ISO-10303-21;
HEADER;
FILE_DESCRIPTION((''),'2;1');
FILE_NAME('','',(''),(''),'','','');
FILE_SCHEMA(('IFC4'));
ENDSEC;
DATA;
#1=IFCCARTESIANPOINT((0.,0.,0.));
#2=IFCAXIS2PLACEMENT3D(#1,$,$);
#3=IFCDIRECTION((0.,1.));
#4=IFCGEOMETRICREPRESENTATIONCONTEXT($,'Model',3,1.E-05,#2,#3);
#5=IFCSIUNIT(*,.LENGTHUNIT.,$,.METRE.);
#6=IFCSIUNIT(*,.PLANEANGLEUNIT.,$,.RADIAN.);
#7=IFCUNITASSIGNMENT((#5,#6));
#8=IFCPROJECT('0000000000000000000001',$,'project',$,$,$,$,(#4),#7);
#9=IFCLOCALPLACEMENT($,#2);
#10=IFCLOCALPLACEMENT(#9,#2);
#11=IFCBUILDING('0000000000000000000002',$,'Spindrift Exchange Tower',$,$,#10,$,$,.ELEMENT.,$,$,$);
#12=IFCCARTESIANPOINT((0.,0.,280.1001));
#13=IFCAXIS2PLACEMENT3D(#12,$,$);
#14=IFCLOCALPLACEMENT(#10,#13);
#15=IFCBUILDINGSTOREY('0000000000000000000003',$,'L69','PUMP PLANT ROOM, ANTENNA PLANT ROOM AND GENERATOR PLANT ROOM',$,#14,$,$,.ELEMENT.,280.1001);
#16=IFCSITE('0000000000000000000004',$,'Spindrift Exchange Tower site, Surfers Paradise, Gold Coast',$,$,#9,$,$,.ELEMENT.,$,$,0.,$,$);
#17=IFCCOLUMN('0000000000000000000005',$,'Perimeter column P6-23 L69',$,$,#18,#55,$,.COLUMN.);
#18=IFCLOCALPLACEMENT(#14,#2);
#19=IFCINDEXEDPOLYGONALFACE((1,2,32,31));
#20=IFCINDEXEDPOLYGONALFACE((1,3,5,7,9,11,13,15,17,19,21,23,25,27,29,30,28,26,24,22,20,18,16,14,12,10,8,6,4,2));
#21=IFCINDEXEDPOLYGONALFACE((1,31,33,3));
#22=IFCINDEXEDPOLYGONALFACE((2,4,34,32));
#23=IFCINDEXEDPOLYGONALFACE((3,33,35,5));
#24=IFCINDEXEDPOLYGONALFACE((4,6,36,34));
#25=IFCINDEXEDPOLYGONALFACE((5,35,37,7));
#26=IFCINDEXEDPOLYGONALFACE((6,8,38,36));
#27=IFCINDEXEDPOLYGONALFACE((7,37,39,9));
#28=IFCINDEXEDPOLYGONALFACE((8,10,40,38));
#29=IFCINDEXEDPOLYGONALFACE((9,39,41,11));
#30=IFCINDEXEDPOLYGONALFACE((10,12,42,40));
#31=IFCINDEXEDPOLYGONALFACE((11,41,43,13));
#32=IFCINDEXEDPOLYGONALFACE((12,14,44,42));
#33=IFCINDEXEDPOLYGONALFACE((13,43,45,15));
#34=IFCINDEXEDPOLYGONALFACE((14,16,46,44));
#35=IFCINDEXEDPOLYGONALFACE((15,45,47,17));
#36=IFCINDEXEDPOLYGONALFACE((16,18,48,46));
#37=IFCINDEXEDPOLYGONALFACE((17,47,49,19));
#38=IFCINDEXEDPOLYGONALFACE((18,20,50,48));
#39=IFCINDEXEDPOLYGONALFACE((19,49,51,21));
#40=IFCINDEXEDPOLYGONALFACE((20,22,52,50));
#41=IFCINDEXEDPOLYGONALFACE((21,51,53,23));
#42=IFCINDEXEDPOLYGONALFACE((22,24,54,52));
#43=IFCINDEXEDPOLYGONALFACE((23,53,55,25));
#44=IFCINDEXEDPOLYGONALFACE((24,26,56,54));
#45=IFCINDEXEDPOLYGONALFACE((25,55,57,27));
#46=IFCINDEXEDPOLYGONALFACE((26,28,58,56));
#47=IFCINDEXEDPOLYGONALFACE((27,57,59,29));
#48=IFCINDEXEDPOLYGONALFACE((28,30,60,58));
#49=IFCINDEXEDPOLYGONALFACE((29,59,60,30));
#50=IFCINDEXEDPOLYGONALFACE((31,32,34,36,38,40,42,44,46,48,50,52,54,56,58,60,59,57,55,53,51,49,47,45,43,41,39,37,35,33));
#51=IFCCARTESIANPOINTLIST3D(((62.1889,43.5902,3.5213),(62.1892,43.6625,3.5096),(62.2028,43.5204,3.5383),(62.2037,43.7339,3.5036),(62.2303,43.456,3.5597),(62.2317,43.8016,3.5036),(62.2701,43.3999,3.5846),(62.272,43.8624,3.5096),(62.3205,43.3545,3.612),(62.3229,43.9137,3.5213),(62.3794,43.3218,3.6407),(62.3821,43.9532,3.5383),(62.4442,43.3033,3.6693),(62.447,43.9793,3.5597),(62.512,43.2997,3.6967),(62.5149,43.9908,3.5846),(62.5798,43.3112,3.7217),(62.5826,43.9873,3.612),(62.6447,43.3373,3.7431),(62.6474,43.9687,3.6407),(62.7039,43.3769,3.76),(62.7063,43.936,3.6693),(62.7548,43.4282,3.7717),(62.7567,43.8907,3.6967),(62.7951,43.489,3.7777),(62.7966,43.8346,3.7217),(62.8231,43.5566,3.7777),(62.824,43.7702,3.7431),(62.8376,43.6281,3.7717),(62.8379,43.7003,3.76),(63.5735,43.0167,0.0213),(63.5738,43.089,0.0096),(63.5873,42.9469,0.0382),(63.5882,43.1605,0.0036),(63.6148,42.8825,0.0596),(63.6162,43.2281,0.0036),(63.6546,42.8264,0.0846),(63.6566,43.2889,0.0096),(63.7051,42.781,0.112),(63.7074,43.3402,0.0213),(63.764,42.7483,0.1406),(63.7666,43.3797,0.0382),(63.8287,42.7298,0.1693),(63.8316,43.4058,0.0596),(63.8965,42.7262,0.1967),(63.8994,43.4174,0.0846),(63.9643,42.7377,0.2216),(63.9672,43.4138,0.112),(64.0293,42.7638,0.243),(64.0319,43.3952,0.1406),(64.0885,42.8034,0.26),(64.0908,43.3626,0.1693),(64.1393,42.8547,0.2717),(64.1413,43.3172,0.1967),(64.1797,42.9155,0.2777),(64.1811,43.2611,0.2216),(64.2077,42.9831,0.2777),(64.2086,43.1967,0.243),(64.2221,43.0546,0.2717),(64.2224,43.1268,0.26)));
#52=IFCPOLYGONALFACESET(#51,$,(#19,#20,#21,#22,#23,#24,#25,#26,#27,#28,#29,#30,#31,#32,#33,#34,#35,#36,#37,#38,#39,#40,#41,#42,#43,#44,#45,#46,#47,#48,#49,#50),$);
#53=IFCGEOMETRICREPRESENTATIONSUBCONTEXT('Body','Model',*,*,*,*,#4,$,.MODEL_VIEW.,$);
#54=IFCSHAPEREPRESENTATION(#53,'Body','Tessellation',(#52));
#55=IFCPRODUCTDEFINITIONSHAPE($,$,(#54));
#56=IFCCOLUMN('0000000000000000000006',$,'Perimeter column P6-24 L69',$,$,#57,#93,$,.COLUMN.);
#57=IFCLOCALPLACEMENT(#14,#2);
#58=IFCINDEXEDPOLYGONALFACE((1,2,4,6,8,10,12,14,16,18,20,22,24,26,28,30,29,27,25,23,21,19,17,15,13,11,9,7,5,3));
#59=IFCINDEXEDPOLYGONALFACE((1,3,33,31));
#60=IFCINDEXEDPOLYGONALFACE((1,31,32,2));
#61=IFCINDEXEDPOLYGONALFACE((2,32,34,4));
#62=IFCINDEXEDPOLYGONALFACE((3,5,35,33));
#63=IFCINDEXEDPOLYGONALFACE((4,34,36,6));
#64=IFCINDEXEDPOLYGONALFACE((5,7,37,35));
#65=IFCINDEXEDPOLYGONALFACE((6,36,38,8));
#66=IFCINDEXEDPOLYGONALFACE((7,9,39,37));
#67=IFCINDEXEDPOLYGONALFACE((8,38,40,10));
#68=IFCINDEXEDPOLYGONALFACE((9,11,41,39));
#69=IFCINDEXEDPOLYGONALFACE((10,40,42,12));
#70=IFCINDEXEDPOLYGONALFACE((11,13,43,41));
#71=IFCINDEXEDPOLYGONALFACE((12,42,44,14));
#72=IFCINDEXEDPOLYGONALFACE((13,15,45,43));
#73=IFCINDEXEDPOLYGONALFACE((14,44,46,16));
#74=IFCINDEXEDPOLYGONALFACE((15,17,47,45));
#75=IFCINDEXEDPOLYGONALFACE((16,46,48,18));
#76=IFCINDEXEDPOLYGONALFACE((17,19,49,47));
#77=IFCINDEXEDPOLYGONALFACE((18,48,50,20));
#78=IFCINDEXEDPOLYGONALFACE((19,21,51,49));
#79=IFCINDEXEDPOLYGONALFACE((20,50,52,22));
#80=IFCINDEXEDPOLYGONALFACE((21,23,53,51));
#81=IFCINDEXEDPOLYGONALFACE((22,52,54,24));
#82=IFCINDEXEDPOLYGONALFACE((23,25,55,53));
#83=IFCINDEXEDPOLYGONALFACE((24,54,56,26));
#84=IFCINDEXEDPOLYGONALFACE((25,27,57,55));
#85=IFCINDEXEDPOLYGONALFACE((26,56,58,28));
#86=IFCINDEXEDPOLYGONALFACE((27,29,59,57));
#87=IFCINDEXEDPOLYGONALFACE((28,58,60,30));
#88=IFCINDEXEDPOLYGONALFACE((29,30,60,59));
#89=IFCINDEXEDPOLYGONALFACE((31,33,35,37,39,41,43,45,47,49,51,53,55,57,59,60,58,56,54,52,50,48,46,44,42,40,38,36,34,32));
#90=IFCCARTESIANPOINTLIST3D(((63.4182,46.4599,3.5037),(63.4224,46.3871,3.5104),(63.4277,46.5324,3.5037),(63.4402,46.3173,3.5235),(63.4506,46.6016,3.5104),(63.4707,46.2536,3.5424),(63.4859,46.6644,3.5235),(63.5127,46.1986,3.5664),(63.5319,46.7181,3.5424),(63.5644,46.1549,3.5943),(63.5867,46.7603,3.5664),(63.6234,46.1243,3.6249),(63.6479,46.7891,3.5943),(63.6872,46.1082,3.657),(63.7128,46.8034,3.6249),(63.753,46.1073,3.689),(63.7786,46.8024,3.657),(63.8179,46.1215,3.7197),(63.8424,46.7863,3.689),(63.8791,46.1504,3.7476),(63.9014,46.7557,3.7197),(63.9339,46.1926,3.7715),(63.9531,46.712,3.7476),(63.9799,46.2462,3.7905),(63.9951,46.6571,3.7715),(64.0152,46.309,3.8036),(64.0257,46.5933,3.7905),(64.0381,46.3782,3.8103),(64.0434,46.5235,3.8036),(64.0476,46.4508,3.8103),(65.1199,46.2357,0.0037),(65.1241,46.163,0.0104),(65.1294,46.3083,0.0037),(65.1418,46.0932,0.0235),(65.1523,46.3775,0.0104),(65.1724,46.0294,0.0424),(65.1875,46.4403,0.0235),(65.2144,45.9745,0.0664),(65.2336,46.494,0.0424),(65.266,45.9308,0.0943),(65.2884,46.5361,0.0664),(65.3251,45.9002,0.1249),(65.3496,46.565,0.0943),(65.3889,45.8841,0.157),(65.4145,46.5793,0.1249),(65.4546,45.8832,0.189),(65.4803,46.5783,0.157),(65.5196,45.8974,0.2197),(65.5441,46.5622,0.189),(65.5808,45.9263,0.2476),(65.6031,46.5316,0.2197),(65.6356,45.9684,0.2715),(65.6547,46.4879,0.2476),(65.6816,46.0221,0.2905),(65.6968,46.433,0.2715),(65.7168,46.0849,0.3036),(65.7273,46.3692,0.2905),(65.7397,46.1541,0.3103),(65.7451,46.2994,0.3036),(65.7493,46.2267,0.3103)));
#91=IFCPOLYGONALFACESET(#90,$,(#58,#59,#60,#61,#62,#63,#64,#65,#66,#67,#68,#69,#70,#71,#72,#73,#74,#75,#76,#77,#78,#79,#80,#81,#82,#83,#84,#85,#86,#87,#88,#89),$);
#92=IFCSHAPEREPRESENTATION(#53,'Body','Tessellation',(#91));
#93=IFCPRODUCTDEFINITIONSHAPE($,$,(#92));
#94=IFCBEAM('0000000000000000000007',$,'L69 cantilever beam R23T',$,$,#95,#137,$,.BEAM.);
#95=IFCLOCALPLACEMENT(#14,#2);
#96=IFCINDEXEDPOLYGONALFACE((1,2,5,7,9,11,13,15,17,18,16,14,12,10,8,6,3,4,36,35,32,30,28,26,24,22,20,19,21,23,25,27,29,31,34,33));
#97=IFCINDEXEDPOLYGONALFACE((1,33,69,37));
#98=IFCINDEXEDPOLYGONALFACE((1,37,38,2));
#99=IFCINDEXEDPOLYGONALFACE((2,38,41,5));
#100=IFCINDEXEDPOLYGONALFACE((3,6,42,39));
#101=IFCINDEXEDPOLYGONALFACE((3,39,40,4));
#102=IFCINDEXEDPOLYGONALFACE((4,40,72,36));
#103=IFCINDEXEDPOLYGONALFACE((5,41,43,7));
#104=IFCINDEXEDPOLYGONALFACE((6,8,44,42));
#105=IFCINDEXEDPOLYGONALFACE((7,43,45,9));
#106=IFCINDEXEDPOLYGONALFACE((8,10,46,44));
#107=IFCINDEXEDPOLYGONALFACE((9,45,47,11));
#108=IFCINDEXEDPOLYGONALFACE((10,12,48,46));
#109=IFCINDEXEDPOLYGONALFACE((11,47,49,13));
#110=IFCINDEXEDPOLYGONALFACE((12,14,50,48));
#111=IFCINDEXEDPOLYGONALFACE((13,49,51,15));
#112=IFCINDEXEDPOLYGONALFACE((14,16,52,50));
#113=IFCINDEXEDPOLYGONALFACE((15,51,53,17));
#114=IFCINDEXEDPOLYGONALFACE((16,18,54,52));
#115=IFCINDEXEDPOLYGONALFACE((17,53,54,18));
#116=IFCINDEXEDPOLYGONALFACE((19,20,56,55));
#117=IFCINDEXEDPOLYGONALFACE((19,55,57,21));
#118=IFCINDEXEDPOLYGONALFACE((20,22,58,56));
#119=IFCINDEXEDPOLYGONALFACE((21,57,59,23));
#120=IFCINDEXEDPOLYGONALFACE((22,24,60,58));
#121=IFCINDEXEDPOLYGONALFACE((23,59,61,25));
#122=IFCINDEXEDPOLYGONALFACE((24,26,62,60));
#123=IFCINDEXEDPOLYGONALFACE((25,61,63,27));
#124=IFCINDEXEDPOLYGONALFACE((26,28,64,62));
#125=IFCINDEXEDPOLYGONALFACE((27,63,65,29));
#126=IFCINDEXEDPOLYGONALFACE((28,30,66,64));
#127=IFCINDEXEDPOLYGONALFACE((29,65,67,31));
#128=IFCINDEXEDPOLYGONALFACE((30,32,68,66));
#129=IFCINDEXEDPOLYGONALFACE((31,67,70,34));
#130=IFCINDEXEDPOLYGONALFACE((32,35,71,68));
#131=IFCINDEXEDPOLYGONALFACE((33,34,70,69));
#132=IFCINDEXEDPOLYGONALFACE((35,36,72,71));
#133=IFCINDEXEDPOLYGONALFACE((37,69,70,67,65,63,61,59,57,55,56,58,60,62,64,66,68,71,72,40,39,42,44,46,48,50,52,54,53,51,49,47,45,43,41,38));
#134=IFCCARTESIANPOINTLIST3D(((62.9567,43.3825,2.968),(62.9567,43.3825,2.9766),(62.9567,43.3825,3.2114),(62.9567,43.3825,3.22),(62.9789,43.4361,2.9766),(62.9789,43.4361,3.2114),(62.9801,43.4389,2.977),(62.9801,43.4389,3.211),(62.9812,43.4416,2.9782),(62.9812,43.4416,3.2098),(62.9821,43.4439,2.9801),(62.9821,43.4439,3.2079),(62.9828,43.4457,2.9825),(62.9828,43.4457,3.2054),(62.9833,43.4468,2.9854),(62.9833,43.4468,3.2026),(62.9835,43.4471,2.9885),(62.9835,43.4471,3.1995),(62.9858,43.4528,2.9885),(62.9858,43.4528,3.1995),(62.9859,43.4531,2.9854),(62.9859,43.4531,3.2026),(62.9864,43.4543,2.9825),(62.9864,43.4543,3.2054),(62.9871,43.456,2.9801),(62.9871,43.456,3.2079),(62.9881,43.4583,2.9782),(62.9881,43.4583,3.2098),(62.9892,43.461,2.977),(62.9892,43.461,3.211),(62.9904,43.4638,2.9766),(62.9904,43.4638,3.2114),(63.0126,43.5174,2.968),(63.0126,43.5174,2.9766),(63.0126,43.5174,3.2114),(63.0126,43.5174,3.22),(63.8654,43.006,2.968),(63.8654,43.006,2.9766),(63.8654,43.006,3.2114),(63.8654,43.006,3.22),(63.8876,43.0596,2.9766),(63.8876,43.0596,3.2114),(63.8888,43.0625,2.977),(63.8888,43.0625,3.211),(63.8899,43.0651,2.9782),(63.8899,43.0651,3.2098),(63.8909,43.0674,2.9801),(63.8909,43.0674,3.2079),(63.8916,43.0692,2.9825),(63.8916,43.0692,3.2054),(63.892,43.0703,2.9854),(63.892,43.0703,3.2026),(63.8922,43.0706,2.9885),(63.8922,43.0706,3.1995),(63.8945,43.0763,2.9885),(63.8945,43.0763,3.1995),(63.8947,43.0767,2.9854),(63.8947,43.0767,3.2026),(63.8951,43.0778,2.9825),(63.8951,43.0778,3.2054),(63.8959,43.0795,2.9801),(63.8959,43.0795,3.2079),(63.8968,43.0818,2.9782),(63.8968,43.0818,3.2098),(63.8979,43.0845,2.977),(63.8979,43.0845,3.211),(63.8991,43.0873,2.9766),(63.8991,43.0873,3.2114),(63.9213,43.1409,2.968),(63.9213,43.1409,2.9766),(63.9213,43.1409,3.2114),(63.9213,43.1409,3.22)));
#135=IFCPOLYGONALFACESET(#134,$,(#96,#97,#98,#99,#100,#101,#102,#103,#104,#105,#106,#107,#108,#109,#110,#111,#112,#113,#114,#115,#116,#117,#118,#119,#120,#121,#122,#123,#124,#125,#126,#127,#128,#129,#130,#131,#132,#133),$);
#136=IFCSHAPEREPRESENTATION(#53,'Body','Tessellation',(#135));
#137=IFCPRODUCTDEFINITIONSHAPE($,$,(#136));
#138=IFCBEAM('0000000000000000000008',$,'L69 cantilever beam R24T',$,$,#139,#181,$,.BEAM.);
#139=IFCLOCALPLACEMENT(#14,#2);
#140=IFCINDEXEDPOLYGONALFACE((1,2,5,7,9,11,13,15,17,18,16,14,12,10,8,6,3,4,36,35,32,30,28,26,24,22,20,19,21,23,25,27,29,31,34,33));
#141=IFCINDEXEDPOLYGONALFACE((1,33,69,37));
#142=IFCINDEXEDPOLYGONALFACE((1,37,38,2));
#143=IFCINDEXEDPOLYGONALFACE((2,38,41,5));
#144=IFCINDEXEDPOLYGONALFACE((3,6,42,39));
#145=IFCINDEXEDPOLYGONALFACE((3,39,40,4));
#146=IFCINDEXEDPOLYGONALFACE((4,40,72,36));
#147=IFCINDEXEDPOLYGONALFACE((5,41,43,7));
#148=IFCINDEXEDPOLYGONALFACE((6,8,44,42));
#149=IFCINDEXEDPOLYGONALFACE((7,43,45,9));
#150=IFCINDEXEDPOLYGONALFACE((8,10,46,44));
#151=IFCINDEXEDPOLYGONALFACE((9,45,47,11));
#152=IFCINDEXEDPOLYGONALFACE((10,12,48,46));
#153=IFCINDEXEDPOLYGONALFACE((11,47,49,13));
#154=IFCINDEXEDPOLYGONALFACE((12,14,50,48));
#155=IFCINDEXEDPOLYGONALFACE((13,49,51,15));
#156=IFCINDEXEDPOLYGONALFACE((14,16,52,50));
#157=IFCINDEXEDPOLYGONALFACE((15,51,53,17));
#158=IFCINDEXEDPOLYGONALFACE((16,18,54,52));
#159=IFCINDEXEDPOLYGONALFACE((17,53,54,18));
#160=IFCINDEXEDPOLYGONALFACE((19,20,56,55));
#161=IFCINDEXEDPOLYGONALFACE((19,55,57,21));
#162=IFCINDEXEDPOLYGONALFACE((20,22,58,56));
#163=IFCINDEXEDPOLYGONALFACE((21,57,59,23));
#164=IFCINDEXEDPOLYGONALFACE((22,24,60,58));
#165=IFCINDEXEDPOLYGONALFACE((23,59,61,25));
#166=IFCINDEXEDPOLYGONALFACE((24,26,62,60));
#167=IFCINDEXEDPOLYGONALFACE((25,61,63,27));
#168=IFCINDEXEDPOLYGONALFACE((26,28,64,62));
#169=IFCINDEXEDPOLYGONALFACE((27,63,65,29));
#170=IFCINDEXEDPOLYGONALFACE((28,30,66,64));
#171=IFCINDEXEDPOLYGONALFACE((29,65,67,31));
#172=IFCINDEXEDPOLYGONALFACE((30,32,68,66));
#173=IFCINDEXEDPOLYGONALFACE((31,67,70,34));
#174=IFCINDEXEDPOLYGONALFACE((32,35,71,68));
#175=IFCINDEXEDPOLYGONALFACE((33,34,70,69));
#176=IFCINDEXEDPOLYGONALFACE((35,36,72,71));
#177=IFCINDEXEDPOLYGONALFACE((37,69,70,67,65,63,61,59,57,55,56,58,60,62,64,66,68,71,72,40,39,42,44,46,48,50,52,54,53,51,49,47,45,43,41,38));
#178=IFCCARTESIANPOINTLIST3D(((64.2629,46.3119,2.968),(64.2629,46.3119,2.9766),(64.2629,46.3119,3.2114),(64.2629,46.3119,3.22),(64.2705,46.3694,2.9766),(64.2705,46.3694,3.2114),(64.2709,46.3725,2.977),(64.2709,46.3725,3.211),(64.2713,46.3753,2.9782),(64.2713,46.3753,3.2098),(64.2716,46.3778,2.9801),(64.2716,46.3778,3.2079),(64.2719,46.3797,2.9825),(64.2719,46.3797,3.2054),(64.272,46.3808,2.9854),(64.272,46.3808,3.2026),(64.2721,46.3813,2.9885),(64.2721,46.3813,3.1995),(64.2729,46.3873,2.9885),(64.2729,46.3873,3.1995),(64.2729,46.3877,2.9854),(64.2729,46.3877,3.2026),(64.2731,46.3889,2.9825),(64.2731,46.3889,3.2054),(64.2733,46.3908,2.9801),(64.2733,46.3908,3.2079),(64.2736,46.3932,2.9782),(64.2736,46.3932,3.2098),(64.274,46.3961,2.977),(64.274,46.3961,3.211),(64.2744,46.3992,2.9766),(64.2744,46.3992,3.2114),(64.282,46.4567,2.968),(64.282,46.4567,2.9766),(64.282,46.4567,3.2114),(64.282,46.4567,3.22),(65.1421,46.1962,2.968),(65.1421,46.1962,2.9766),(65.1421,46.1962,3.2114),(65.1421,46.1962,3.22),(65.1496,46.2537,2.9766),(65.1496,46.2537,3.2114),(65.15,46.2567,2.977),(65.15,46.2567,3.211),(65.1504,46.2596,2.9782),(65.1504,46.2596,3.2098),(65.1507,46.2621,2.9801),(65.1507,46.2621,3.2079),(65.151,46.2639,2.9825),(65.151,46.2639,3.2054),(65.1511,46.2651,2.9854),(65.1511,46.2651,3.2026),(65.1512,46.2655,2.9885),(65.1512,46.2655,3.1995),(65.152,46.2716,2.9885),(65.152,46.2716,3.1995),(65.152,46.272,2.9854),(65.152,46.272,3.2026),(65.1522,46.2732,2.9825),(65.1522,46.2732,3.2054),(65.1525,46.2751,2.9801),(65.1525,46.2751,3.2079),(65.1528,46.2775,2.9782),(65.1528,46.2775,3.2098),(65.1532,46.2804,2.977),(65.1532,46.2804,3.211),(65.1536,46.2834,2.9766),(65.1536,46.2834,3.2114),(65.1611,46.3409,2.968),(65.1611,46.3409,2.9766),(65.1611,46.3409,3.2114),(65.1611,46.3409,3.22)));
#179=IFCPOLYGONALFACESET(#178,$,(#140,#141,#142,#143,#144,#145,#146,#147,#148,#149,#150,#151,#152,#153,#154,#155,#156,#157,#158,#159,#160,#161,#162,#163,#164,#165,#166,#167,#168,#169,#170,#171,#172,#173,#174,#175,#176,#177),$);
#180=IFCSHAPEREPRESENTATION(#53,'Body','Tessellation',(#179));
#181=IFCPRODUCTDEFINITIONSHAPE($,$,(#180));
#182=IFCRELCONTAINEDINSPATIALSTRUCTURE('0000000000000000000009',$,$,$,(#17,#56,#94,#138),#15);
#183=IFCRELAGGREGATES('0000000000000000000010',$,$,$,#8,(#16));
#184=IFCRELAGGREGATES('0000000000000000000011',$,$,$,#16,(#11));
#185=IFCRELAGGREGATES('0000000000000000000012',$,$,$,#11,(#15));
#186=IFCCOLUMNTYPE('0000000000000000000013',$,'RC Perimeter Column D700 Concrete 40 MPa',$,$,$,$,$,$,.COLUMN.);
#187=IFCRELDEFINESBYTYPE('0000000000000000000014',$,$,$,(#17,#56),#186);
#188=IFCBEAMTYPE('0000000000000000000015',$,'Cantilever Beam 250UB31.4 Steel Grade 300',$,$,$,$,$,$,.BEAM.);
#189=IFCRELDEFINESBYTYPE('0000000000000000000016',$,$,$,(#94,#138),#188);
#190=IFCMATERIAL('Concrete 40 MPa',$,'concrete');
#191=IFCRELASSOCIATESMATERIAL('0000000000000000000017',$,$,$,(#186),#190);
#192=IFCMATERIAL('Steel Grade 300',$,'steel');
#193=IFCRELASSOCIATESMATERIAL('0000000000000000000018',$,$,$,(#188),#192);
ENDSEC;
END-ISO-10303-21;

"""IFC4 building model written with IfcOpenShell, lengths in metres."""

from ifc_helpers import new_model, si_unit, direction, frame, origin, origin_2d, place, context, subcontext, project, spatial, circle, i_section, extrude, source, transform, mapped, material, material_profile, profile_set, type_object, element, save


model = new_model("IFC4")

# Units and contexts
model_context = context("Model", 3, precision=1e-05, world=origin(), true_north=direction((0.0, 1.0)))
body_context = subcontext(model_context, "Body", "Model", "MODEL_VIEW")
ifc_project = project(units=[si_unit("LENGTHUNIT", "METRE"), si_unit("PLANEANGLEUNIT", "RADIAN")], contexts=[model_context])

# Site, building, storey
site_placement = place(None, origin())
site = spatial("IfcSite", under=ifc_project, at=site_placement, Name="Spindrift Exchange Tower site, Surfers Paradise, Gold Coast", CompositionType="ELEMENT", RefElevation=0.0)
building_placement = place(site_placement, origin())
building = spatial("IfcBuilding", under=site, at=building_placement, Name="Spindrift Exchange Tower", CompositionType="ELEMENT")
storey_placement = place(building_placement, frame((0.0, 0.0, 280.1001)))
storey = spatial("IfcBuildingStorey", under=building, at=storey_placement, Name="L69", Description="PUMP PLANT ROOM, ANTENNA PLANT ROOM AND GENERATOR PLANT ROOM", CompositionType="ELEMENT", Elevation=280.1001)

# Columns
ifc_material_1 = material(Name="Concrete 40 MPa", Category="concrete")
ifc_material_profile_1 = material_profile(ifc_material_1, circle(Radius=0.3501, at=origin_2d()), Name="RC D700")
ifc_profile_set_1 = profile_set([ifc_material_profile_1], Name="Concrete 40 MPa")
column_type = type_object("IfcColumnType", Name="RC Perimeter Column D700 Concrete 40 MPa", PredefinedType="COLUMN", material=ifc_profile_set_1)
shared_shape_1 = source(origin(), body_context, "Body", "SweptSolid", [
    extrude(circle(Radius=0.3501, at=origin_2d()), origin(), (0.0, 0.0, 1.0), 3.8074),
])
column_1_placement = place(storey_placement, frame((63.8979, 43.0718, 0.1406), z_axis=(-0.363646, 0.150627, 0.919279), x_axis=(-0.382683, -0.92388, 0.0)))
element("IfcColumn", 1, at=column_1_placement, inside=storey, type_object=column_type, Name="Perimeter column P6-23 L69", PredefinedType="COLUMN", context=body_context, shape_type="MappedRepresentation", body=[
    mapped(shared_shape_1, transform((0.0, 0.0, 0.0), scale=1.0)),
])
shared_shape_2 = source(origin(), body_context, "Body", "SweptSolid", [
    extrude(circle(Radius=0.3501, at=origin_2d()), origin(), (0.0, 0.0, 1.0), 3.8982),
])
column_2_placement = place(storey_placement, frame((65.4346, 46.2312, 0.157), z_axis=(-0.436526, 0.057494, 0.897853), x_axis=(-0.13058, -0.991438, 0.0)))
element("IfcColumn", 2, at=column_2_placement, inside=storey, type_object=column_type, Name="Perimeter column P6-24 L69", PredefinedType="COLUMN", context=body_context, shape_type="MappedRepresentation", body=[
    mapped(shared_shape_2, transform((0.0, 0.0, 0.0), scale=1.0)),
])

# Beams
ifc_material_2 = material(Name="Steel Grade 300", Category="steel")
ifc_material_profile_2 = material_profile(ifc_material_2, i_section(OverallWidth=0.146, OverallDepth=0.252, WebThickness=0.0061, FlangeThickness=0.0085, FilletRadius=0.012, at=origin_2d()), Name="250UB31.4")
ifc_profile_set_2 = profile_set([ifc_material_profile_2], Name="Steel Grade 300")
beam_type_1 = type_object("IfcBeamType", Name="Cantilever Beam 250UB31.4 Steel Grade 300", PredefinedType="BEAM", material=ifc_profile_set_2)
shared_shape_3 = source(origin(), body_context, "Body", "SweptSolid", [
    extrude(i_section(OverallWidth=0.146, OverallDepth=0.252, WebThickness=0.0061, FlangeThickness=0.0085, FilletRadius=0.012, at=origin_2d()), origin(), (0.0, 0.0, 1.0), 0.9836),
])
beam_1_placement = place(storey_placement, frame((62.9846, 43.45, 3.094), z_axis=(0.923853, -0.382746, 0.0), x_axis=(0.382746, 0.923853, 0.0)))
element("IfcBeam", 3, at=beam_1_placement, inside=storey, type_object=beam_type_1, Name="L69 cantilever beam R23T", PredefinedType="BEAM", context=body_context, shape_type="MappedRepresentation", body=[
    mapped(shared_shape_3, transform((0.0, 0.0, 0.0), scale=1.0)),
])
shared_shape_4 = source(origin(), body_context, "Body", "SweptSolid", [
    extrude(i_section(OverallWidth=0.146, OverallDepth=0.252, WebThickness=0.0061, FlangeThickness=0.0085, FilletRadius=0.012, at=origin_2d()), origin(), (0.0, 0.0, 1.0), 0.8867),
])
beam_2_placement = place(storey_placement, frame((64.2725, 46.3843, 3.094), z_axis=(0.991448, -0.130504, 0.0), x_axis=(0.130504, 0.991448, 0.0)))
element("IfcBeam", 4, at=beam_2_placement, inside=storey, type_object=beam_type_1, Name="L69 cantilever beam R24T", PredefinedType="BEAM", context=body_context, shape_type="MappedRepresentation", body=[
    mapped(shared_shape_4, transform((0.0, 0.0, 0.0), scale=1.0)),
])

save(model, "model.ifc")
